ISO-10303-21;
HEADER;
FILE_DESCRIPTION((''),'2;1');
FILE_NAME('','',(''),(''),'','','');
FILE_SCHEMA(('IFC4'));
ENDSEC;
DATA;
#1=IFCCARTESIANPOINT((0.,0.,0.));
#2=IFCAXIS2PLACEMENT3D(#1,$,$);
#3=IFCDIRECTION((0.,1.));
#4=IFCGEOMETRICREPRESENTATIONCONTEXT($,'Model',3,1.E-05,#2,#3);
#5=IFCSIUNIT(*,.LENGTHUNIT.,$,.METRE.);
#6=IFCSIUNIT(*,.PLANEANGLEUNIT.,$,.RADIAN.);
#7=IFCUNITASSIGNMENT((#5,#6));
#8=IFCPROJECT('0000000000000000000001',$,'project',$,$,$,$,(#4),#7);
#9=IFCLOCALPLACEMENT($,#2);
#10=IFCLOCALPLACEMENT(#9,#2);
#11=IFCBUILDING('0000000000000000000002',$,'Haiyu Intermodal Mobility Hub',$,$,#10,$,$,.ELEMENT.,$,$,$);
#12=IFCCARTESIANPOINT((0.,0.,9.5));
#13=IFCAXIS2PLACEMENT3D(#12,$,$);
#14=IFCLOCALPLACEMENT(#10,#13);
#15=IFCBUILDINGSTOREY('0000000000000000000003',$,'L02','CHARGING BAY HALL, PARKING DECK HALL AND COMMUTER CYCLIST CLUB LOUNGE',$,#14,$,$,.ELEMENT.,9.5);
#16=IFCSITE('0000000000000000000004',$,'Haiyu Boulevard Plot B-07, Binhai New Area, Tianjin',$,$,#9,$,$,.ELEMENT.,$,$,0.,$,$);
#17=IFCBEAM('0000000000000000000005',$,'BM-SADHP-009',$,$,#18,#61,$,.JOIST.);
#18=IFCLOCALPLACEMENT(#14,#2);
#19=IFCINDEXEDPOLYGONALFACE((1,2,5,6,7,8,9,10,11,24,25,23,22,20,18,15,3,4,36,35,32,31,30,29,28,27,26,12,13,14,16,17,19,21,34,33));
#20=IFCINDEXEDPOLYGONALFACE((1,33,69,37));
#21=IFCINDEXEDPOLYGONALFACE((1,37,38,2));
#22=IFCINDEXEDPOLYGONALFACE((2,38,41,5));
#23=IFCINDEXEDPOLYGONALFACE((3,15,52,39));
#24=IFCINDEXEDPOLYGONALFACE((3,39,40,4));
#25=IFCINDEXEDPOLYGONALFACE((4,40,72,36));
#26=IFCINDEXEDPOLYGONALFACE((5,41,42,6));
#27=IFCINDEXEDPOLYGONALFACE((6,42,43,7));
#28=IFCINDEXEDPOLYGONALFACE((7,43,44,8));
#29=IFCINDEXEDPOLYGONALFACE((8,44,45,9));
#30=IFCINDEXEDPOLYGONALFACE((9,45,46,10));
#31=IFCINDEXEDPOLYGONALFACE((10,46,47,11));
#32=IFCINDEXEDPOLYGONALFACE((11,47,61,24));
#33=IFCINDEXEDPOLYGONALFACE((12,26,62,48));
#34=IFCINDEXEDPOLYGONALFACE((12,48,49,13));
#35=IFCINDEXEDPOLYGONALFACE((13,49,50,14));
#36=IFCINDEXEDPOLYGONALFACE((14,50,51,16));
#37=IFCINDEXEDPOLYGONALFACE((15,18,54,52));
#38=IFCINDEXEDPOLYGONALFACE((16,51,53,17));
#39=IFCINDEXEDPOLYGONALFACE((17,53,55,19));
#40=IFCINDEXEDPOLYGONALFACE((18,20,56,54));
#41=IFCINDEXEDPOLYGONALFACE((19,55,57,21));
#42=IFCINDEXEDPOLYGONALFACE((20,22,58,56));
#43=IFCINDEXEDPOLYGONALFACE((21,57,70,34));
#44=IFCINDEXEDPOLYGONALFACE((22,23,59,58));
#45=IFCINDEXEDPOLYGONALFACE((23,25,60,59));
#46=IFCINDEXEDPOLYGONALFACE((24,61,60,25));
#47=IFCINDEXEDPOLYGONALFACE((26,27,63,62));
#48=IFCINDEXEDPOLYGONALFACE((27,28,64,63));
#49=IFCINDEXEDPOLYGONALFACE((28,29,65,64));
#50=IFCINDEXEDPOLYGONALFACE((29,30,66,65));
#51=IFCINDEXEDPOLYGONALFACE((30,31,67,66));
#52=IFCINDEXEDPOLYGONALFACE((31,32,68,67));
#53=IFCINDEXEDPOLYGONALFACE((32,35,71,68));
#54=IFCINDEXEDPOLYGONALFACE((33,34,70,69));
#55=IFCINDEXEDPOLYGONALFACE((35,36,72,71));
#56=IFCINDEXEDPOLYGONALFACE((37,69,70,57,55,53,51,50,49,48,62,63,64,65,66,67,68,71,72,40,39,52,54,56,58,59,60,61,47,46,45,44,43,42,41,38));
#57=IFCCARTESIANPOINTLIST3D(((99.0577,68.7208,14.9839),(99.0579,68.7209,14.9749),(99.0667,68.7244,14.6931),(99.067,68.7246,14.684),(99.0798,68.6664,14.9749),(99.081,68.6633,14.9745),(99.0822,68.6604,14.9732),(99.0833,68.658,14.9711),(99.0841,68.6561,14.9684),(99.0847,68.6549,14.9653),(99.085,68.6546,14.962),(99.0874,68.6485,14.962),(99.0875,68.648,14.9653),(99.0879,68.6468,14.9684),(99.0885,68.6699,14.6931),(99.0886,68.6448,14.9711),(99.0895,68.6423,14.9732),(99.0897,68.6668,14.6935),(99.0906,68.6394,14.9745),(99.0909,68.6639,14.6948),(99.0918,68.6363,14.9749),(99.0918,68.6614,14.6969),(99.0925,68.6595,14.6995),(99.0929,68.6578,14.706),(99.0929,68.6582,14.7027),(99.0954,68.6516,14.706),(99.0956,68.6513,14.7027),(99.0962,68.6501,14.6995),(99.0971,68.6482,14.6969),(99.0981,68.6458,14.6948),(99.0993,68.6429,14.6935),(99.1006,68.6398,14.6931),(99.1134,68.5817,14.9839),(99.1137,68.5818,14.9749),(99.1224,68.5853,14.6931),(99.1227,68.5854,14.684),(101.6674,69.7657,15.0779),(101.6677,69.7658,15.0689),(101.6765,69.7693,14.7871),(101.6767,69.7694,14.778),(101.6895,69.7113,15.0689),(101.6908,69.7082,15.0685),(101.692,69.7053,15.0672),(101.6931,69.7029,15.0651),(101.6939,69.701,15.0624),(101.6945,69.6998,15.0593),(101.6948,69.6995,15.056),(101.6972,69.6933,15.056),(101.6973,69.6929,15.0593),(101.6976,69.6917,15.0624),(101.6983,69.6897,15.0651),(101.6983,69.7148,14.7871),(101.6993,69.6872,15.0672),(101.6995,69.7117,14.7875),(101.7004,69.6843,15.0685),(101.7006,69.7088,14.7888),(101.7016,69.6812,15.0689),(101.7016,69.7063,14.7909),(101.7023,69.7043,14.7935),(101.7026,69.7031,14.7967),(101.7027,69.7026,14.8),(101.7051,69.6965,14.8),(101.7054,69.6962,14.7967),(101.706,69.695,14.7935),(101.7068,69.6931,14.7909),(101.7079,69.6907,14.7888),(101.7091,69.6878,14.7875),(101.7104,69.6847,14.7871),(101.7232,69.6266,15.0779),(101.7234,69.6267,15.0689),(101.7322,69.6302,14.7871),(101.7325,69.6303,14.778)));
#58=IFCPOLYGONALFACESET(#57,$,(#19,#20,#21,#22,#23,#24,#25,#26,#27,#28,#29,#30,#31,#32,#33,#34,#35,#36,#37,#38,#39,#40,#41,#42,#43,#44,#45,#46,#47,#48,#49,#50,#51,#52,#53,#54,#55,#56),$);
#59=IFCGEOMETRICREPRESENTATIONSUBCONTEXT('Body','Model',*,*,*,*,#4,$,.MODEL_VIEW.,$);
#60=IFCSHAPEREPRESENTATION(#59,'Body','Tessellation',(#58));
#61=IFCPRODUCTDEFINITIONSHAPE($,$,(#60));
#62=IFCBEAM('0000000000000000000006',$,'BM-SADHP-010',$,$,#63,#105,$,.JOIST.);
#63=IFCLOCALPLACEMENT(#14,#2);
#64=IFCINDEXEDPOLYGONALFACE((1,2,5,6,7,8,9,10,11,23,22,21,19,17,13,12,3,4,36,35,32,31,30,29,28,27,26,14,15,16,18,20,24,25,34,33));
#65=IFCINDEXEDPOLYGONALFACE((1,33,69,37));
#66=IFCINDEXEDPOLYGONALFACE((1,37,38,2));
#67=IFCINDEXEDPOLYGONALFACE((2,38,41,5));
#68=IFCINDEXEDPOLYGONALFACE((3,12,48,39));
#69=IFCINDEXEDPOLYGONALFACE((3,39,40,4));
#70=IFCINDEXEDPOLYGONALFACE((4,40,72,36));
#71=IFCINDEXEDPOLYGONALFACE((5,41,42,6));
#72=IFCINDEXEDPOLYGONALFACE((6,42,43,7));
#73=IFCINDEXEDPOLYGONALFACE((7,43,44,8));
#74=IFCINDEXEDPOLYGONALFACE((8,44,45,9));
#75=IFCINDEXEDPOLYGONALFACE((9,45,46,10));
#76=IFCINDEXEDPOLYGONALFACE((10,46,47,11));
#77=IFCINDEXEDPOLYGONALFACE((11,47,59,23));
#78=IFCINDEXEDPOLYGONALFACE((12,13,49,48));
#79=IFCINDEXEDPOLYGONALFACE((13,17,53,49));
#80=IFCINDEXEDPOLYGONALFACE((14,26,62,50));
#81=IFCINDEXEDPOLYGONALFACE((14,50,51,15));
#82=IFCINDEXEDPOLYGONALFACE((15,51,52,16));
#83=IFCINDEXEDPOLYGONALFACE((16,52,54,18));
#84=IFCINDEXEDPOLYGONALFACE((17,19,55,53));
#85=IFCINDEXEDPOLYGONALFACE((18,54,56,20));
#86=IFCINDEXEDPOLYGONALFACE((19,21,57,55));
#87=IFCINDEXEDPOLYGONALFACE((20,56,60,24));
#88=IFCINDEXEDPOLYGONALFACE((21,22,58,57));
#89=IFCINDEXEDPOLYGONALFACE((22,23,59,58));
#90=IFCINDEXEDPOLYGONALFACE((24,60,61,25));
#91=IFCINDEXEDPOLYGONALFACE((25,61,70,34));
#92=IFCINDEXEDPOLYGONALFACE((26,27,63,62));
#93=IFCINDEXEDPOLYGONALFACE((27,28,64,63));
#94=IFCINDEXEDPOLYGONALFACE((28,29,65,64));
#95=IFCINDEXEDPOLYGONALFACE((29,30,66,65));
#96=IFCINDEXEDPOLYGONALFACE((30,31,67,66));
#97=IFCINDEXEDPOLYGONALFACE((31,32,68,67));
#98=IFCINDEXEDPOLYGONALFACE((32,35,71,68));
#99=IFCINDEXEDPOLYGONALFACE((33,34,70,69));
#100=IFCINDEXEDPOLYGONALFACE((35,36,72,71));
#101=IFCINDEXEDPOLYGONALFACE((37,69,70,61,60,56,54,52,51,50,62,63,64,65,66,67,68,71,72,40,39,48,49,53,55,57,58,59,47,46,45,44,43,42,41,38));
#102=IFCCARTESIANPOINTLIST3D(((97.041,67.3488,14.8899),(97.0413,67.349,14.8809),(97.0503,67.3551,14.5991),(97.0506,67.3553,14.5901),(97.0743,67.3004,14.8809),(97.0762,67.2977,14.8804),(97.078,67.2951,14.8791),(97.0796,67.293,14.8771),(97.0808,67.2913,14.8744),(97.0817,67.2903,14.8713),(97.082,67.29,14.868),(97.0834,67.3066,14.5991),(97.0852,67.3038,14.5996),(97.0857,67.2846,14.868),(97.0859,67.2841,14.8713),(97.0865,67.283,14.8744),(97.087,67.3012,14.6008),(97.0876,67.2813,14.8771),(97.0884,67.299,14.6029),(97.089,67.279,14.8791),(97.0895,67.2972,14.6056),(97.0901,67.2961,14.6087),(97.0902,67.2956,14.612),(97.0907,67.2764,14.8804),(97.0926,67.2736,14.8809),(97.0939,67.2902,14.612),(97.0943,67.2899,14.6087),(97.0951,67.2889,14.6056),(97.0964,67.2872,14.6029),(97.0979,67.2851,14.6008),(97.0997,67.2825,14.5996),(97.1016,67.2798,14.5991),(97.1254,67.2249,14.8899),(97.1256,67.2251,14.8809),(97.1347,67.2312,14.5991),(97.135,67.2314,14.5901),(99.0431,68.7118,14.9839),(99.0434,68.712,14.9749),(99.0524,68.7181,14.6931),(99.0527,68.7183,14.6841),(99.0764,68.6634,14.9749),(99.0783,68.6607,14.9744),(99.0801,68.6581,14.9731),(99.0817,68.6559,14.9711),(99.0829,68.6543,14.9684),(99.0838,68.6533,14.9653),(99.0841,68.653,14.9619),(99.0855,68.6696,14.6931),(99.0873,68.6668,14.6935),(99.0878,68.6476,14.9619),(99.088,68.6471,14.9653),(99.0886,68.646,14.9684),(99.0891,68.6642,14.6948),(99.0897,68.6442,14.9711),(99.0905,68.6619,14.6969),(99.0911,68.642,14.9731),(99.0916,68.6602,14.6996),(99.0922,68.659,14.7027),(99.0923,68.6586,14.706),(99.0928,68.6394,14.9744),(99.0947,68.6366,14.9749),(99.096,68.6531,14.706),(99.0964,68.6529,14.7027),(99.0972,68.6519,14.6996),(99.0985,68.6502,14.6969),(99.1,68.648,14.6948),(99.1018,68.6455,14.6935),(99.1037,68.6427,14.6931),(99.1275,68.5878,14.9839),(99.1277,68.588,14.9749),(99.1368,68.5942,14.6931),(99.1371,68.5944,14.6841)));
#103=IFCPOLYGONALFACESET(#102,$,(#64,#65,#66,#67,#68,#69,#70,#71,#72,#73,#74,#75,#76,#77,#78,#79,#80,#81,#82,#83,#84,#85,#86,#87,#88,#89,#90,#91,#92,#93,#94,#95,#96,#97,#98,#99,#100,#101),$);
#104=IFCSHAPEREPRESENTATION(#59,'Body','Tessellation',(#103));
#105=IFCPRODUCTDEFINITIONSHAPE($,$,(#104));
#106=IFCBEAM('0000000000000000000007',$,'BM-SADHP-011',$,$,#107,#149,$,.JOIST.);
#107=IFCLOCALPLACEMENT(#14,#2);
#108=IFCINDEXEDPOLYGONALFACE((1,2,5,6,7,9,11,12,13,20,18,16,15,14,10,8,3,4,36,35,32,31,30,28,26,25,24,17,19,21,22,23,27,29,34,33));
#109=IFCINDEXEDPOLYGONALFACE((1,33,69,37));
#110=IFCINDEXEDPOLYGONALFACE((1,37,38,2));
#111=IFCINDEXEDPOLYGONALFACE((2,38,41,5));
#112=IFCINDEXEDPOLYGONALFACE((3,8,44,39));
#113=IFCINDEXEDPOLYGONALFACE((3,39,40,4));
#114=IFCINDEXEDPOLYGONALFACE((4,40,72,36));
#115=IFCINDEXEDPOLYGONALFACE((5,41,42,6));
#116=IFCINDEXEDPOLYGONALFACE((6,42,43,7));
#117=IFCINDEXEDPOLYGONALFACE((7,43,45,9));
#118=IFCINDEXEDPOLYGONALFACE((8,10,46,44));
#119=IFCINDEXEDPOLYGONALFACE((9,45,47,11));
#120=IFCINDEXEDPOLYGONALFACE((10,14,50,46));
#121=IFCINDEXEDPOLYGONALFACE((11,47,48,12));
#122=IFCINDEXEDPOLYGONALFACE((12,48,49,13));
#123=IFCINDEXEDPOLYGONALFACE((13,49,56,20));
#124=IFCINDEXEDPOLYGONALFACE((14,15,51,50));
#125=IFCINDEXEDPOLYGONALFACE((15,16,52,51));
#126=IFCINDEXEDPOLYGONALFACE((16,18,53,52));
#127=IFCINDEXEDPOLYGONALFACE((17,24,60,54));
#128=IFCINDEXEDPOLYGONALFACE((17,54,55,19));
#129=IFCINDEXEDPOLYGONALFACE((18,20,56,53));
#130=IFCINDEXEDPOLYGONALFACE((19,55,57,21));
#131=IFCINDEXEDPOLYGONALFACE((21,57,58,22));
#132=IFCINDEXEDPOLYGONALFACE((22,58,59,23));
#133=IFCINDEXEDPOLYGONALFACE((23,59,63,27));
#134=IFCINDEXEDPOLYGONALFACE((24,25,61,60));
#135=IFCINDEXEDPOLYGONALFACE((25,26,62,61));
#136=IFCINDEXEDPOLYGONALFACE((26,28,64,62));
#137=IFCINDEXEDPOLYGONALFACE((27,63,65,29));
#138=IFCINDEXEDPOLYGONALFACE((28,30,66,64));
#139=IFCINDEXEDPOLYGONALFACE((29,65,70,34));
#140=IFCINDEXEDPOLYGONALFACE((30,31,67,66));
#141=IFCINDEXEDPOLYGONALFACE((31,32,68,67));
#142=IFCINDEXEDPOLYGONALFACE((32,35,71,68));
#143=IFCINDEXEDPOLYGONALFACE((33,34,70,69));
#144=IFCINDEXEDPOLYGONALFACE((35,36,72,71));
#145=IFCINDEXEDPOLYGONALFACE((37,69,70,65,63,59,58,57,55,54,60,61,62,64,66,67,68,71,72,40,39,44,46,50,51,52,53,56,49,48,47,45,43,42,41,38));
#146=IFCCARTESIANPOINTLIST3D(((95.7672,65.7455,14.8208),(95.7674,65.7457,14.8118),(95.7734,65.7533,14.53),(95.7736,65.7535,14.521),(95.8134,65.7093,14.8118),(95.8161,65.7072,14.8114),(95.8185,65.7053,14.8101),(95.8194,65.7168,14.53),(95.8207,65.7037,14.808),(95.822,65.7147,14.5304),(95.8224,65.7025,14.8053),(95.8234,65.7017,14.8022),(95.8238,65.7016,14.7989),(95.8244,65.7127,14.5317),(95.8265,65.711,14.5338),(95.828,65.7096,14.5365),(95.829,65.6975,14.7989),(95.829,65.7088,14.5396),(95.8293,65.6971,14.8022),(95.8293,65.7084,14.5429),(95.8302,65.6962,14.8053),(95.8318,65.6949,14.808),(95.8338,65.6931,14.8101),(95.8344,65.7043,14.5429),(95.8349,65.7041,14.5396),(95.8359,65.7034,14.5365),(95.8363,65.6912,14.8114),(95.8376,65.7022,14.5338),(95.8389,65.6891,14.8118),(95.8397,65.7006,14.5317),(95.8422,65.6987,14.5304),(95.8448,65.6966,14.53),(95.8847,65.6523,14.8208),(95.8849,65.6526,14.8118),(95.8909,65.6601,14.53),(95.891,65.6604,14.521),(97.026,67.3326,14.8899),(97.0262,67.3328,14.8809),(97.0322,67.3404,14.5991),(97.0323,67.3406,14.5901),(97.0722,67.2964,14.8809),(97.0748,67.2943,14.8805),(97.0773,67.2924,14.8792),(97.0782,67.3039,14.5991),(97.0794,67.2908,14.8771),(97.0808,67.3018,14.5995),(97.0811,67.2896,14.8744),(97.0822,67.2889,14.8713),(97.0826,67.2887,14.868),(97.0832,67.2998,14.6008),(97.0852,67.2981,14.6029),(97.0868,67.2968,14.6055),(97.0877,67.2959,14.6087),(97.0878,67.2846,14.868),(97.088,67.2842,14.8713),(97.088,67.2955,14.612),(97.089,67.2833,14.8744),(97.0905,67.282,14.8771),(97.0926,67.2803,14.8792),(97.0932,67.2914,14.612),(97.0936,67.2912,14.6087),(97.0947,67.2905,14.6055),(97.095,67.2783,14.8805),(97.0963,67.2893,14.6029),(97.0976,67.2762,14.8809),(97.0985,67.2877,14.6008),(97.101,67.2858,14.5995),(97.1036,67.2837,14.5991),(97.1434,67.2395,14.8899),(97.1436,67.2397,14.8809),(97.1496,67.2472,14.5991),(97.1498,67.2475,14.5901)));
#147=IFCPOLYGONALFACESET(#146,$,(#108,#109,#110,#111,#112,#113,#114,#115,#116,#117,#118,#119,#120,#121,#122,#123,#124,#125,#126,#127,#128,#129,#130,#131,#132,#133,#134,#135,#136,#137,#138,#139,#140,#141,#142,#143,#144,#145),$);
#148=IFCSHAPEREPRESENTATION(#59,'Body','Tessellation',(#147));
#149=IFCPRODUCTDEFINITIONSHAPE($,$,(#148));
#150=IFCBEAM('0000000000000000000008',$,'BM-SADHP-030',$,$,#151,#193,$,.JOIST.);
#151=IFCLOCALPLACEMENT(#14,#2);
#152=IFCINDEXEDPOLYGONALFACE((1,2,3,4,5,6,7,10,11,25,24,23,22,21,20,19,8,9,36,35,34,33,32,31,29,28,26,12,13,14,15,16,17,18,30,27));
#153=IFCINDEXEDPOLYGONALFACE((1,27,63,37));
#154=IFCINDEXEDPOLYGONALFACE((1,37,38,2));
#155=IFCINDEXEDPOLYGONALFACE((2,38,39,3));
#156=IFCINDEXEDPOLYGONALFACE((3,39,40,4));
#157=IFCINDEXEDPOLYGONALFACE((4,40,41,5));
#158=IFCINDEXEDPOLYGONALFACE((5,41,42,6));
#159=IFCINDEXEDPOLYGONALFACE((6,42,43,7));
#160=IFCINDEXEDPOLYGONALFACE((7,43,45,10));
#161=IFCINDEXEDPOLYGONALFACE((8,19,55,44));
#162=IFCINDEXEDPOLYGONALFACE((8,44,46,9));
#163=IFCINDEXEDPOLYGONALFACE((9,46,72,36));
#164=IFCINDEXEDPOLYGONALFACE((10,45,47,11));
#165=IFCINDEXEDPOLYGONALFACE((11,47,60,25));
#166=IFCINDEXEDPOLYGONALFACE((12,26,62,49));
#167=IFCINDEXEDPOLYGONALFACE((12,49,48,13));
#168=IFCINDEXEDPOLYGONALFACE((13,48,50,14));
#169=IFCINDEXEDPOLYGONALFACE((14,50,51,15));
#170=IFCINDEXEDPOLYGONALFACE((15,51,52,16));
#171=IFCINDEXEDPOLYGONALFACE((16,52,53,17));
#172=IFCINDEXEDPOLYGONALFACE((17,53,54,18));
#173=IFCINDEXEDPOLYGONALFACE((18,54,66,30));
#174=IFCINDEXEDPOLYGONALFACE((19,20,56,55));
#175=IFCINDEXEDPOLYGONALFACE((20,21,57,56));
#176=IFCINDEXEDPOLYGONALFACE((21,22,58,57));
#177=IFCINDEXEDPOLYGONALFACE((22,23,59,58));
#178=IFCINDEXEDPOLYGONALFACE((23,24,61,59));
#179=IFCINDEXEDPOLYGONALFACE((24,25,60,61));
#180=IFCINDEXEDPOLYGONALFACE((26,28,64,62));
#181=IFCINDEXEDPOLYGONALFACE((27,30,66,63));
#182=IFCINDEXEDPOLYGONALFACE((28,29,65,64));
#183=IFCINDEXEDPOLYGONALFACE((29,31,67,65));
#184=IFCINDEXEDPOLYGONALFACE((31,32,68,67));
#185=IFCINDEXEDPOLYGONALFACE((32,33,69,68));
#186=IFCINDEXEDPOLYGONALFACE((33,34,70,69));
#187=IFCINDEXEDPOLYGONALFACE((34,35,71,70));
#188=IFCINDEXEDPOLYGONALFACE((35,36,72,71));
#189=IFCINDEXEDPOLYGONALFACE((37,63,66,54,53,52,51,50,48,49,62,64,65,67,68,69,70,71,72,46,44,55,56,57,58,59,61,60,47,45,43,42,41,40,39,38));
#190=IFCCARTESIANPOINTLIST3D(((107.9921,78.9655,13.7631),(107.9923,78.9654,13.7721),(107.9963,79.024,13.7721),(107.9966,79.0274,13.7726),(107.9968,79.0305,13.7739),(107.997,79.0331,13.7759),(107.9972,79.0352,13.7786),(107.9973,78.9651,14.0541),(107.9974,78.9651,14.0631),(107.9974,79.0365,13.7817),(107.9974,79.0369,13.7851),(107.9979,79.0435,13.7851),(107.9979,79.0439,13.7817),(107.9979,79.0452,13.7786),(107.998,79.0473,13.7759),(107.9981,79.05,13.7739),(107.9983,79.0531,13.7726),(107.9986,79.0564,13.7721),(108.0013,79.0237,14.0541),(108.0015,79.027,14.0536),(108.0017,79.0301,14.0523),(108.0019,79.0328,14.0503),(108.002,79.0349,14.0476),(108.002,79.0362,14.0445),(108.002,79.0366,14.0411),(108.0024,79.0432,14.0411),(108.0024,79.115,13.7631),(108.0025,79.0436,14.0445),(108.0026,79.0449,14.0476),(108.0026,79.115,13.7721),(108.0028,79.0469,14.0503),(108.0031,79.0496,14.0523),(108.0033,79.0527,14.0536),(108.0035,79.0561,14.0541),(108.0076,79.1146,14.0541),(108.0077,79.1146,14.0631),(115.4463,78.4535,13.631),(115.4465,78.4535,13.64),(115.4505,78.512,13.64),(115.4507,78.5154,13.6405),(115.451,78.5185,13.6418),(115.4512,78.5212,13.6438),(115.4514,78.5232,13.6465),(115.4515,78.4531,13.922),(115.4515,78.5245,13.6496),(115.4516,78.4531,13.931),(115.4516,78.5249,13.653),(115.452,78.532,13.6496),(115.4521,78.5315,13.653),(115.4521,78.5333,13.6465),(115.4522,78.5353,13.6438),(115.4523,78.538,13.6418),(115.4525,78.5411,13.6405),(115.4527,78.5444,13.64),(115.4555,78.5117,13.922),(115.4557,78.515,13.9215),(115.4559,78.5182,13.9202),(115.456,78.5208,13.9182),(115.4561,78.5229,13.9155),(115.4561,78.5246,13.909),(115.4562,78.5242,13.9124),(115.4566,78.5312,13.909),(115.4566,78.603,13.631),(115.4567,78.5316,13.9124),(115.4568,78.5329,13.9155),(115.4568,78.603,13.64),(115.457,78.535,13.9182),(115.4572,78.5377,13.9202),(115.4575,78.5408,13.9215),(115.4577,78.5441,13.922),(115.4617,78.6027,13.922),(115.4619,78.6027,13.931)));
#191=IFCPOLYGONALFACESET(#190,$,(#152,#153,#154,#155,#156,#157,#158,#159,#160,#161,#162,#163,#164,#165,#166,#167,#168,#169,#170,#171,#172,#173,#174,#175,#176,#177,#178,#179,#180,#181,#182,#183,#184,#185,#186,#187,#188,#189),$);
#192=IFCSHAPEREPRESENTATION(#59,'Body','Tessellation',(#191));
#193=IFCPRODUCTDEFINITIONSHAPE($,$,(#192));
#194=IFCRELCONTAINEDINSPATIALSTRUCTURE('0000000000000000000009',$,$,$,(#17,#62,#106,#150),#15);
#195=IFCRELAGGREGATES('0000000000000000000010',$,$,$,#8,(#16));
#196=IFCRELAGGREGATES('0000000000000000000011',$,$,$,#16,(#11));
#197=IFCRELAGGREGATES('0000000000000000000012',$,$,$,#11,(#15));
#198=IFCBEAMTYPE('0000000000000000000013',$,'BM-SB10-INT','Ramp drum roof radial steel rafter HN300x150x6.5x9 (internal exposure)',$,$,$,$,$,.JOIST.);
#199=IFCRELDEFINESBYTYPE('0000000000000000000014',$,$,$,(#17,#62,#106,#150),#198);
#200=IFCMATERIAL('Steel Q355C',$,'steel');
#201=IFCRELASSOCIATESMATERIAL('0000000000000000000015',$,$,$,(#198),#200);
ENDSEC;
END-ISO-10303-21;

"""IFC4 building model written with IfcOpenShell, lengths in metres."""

from ifc_helpers import new_model, si_unit, direction, frame, origin, origin_2d, place, context, subcontext, project, spatial, i_section, extrude, material, material_profile, profile_set, type_object, element, save


model = new_model("IFC4")

# Units and contexts
model_context = context("Model", 3, precision=1e-05, world=origin(), true_north=direction((0.0, 1.0)))
body_context = subcontext(model_context, "Body", "Model", "MODEL_VIEW")
ifc_project = project(units=[si_unit("LENGTHUNIT", "METRE"), si_unit("PLANEANGLEUNIT", "RADIAN")], contexts=[model_context])

# Site, building, storey
site_placement = place(None, origin())
site = spatial("IfcSite", under=ifc_project, at=site_placement, Name="Haiyu Boulevard Plot B-07, Binhai New Area, Tianjin", CompositionType="ELEMENT", RefElevation=0.0)
building_placement = place(site_placement, origin())
building = spatial("IfcBuilding", under=site, at=building_placement, Name="Haiyu Intermodal Mobility Hub", CompositionType="ELEMENT")
storey_placement = place(building_placement, frame((0.0, 0.0, 9.5)))
storey = spatial("IfcBuildingStorey", under=building, at=storey_placement, Name="L02", Description="CHARGING BAY HALL, PARKING DECK HALL AND COMMUTER CYCLIST CLUB LOUNGE", CompositionType="ELEMENT", Elevation=9.5)

# Beams
ifc_material = material(Name="Steel Q355C", Category="steel")
ifc_material_profile_1 = material_profile(ifc_material, i_section(OverallWidth=0.1499, OverallDepth=0.3, WebThickness=0.0066, FlangeThickness=0.009, FilletRadius=0.0129, at=origin_2d()), Name="HN300x150x6.5x9")
ifc_profile_set_1 = profile_set([ifc_material_profile_1], Name="Steel Q355C")
beam_type_1 = type_object("IfcBeamType", Name="BM-SB10-INT", Description="Ramp drum roof radial steel rafter HN300x150x6.5x9 (internal exposure)", PredefinedType="JOIST", material=ifc_profile_set_1)
beam_1_placement = place(storey_placement, frame((101.7, 69.698, 14.928), z_axis=(-0.927838, -0.371483, -0.033416), x_axis=(0.37169, -0.928357, 0.0)))
element("IfcBeam", 1, at=beam_1_placement, inside=storey, type_object=beam_type_1, Name="BM-SADHP-009", PredefinedType="JOIST", context=body_context, shape_type="SweptSolid", body=[
    extrude(i_section(OverallWidth=0.1499, OverallDepth=0.3, WebThickness=0.0066, FlangeThickness=0.009, FilletRadius=0.0129, at=origin_2d()), origin(), (0.0, 0.0, 1.0), 2.8127),
])
beam_2_placement = place(storey_placement, frame((99.0901, 68.6531, 14.834), z_axis=(-0.826008, -0.562322, -0.038777), x_axis=(0.562746, -0.82663, 0.0)))
element("IfcBeam", 2, at=beam_2_placement, inside=storey, type_object=beam_type_1, Name="BM-SADHP-010", PredefinedType="JOIST", context=body_context, shape_type="SweptSolid", body=[
    extrude(i_section(OverallWidth=0.1499, OverallDepth=0.3, WebThickness=0.0066, FlangeThickness=0.009, FilletRadius=0.0129, at=origin_2d()), origin(), (0.0, 0.0, 1.0), 2.4238),
])
beam_3_placement = place(storey_placement, frame((97.0879, 67.29, 14.74), z_axis=(-0.621036, -0.78304, -0.034087), x_axis=(0.783496, -0.621397, 0.0)))
element("IfcBeam", 3, at=beam_3_placement, inside=storey, type_object=beam_type_1, Name="BM-SADHP-011", PredefinedType="JOIST", context=body_context, shape_type="SweptSolid", body=[
    extrude(i_section(OverallWidth=0.1499, OverallDepth=0.3, WebThickness=0.0066, FlangeThickness=0.009, FilletRadius=0.0129, at=origin_2d()), origin(), (0.0, 0.0, 1.0), 2.0269),
])
for number, where, z_axis, x_axis, name in (
    (4, (115.4541, 78.5281, 13.781), (-0.997494, 0.06851, 0.017675), (-0.068521, -0.99765, 0.0), "BM-SADHP-030"),
):
    element("IfcBeam", number, at=place(storey_placement, frame(where, z_axis=z_axis, x_axis=x_axis)), inside=storey, type_object=beam_type_1, Name=name, PredefinedType="JOIST", context=body_context, shape_type="SweptSolid", body=[
        extrude(i_section(OverallWidth=0.1499, OverallDepth=0.3, WebThickness=0.0066, FlangeThickness=0.009, FilletRadius=0.0129, at=origin_2d()), origin(), (0.0, 0.0, 1.0), 7.4729),
    ])

save(model, "model.ifc")
